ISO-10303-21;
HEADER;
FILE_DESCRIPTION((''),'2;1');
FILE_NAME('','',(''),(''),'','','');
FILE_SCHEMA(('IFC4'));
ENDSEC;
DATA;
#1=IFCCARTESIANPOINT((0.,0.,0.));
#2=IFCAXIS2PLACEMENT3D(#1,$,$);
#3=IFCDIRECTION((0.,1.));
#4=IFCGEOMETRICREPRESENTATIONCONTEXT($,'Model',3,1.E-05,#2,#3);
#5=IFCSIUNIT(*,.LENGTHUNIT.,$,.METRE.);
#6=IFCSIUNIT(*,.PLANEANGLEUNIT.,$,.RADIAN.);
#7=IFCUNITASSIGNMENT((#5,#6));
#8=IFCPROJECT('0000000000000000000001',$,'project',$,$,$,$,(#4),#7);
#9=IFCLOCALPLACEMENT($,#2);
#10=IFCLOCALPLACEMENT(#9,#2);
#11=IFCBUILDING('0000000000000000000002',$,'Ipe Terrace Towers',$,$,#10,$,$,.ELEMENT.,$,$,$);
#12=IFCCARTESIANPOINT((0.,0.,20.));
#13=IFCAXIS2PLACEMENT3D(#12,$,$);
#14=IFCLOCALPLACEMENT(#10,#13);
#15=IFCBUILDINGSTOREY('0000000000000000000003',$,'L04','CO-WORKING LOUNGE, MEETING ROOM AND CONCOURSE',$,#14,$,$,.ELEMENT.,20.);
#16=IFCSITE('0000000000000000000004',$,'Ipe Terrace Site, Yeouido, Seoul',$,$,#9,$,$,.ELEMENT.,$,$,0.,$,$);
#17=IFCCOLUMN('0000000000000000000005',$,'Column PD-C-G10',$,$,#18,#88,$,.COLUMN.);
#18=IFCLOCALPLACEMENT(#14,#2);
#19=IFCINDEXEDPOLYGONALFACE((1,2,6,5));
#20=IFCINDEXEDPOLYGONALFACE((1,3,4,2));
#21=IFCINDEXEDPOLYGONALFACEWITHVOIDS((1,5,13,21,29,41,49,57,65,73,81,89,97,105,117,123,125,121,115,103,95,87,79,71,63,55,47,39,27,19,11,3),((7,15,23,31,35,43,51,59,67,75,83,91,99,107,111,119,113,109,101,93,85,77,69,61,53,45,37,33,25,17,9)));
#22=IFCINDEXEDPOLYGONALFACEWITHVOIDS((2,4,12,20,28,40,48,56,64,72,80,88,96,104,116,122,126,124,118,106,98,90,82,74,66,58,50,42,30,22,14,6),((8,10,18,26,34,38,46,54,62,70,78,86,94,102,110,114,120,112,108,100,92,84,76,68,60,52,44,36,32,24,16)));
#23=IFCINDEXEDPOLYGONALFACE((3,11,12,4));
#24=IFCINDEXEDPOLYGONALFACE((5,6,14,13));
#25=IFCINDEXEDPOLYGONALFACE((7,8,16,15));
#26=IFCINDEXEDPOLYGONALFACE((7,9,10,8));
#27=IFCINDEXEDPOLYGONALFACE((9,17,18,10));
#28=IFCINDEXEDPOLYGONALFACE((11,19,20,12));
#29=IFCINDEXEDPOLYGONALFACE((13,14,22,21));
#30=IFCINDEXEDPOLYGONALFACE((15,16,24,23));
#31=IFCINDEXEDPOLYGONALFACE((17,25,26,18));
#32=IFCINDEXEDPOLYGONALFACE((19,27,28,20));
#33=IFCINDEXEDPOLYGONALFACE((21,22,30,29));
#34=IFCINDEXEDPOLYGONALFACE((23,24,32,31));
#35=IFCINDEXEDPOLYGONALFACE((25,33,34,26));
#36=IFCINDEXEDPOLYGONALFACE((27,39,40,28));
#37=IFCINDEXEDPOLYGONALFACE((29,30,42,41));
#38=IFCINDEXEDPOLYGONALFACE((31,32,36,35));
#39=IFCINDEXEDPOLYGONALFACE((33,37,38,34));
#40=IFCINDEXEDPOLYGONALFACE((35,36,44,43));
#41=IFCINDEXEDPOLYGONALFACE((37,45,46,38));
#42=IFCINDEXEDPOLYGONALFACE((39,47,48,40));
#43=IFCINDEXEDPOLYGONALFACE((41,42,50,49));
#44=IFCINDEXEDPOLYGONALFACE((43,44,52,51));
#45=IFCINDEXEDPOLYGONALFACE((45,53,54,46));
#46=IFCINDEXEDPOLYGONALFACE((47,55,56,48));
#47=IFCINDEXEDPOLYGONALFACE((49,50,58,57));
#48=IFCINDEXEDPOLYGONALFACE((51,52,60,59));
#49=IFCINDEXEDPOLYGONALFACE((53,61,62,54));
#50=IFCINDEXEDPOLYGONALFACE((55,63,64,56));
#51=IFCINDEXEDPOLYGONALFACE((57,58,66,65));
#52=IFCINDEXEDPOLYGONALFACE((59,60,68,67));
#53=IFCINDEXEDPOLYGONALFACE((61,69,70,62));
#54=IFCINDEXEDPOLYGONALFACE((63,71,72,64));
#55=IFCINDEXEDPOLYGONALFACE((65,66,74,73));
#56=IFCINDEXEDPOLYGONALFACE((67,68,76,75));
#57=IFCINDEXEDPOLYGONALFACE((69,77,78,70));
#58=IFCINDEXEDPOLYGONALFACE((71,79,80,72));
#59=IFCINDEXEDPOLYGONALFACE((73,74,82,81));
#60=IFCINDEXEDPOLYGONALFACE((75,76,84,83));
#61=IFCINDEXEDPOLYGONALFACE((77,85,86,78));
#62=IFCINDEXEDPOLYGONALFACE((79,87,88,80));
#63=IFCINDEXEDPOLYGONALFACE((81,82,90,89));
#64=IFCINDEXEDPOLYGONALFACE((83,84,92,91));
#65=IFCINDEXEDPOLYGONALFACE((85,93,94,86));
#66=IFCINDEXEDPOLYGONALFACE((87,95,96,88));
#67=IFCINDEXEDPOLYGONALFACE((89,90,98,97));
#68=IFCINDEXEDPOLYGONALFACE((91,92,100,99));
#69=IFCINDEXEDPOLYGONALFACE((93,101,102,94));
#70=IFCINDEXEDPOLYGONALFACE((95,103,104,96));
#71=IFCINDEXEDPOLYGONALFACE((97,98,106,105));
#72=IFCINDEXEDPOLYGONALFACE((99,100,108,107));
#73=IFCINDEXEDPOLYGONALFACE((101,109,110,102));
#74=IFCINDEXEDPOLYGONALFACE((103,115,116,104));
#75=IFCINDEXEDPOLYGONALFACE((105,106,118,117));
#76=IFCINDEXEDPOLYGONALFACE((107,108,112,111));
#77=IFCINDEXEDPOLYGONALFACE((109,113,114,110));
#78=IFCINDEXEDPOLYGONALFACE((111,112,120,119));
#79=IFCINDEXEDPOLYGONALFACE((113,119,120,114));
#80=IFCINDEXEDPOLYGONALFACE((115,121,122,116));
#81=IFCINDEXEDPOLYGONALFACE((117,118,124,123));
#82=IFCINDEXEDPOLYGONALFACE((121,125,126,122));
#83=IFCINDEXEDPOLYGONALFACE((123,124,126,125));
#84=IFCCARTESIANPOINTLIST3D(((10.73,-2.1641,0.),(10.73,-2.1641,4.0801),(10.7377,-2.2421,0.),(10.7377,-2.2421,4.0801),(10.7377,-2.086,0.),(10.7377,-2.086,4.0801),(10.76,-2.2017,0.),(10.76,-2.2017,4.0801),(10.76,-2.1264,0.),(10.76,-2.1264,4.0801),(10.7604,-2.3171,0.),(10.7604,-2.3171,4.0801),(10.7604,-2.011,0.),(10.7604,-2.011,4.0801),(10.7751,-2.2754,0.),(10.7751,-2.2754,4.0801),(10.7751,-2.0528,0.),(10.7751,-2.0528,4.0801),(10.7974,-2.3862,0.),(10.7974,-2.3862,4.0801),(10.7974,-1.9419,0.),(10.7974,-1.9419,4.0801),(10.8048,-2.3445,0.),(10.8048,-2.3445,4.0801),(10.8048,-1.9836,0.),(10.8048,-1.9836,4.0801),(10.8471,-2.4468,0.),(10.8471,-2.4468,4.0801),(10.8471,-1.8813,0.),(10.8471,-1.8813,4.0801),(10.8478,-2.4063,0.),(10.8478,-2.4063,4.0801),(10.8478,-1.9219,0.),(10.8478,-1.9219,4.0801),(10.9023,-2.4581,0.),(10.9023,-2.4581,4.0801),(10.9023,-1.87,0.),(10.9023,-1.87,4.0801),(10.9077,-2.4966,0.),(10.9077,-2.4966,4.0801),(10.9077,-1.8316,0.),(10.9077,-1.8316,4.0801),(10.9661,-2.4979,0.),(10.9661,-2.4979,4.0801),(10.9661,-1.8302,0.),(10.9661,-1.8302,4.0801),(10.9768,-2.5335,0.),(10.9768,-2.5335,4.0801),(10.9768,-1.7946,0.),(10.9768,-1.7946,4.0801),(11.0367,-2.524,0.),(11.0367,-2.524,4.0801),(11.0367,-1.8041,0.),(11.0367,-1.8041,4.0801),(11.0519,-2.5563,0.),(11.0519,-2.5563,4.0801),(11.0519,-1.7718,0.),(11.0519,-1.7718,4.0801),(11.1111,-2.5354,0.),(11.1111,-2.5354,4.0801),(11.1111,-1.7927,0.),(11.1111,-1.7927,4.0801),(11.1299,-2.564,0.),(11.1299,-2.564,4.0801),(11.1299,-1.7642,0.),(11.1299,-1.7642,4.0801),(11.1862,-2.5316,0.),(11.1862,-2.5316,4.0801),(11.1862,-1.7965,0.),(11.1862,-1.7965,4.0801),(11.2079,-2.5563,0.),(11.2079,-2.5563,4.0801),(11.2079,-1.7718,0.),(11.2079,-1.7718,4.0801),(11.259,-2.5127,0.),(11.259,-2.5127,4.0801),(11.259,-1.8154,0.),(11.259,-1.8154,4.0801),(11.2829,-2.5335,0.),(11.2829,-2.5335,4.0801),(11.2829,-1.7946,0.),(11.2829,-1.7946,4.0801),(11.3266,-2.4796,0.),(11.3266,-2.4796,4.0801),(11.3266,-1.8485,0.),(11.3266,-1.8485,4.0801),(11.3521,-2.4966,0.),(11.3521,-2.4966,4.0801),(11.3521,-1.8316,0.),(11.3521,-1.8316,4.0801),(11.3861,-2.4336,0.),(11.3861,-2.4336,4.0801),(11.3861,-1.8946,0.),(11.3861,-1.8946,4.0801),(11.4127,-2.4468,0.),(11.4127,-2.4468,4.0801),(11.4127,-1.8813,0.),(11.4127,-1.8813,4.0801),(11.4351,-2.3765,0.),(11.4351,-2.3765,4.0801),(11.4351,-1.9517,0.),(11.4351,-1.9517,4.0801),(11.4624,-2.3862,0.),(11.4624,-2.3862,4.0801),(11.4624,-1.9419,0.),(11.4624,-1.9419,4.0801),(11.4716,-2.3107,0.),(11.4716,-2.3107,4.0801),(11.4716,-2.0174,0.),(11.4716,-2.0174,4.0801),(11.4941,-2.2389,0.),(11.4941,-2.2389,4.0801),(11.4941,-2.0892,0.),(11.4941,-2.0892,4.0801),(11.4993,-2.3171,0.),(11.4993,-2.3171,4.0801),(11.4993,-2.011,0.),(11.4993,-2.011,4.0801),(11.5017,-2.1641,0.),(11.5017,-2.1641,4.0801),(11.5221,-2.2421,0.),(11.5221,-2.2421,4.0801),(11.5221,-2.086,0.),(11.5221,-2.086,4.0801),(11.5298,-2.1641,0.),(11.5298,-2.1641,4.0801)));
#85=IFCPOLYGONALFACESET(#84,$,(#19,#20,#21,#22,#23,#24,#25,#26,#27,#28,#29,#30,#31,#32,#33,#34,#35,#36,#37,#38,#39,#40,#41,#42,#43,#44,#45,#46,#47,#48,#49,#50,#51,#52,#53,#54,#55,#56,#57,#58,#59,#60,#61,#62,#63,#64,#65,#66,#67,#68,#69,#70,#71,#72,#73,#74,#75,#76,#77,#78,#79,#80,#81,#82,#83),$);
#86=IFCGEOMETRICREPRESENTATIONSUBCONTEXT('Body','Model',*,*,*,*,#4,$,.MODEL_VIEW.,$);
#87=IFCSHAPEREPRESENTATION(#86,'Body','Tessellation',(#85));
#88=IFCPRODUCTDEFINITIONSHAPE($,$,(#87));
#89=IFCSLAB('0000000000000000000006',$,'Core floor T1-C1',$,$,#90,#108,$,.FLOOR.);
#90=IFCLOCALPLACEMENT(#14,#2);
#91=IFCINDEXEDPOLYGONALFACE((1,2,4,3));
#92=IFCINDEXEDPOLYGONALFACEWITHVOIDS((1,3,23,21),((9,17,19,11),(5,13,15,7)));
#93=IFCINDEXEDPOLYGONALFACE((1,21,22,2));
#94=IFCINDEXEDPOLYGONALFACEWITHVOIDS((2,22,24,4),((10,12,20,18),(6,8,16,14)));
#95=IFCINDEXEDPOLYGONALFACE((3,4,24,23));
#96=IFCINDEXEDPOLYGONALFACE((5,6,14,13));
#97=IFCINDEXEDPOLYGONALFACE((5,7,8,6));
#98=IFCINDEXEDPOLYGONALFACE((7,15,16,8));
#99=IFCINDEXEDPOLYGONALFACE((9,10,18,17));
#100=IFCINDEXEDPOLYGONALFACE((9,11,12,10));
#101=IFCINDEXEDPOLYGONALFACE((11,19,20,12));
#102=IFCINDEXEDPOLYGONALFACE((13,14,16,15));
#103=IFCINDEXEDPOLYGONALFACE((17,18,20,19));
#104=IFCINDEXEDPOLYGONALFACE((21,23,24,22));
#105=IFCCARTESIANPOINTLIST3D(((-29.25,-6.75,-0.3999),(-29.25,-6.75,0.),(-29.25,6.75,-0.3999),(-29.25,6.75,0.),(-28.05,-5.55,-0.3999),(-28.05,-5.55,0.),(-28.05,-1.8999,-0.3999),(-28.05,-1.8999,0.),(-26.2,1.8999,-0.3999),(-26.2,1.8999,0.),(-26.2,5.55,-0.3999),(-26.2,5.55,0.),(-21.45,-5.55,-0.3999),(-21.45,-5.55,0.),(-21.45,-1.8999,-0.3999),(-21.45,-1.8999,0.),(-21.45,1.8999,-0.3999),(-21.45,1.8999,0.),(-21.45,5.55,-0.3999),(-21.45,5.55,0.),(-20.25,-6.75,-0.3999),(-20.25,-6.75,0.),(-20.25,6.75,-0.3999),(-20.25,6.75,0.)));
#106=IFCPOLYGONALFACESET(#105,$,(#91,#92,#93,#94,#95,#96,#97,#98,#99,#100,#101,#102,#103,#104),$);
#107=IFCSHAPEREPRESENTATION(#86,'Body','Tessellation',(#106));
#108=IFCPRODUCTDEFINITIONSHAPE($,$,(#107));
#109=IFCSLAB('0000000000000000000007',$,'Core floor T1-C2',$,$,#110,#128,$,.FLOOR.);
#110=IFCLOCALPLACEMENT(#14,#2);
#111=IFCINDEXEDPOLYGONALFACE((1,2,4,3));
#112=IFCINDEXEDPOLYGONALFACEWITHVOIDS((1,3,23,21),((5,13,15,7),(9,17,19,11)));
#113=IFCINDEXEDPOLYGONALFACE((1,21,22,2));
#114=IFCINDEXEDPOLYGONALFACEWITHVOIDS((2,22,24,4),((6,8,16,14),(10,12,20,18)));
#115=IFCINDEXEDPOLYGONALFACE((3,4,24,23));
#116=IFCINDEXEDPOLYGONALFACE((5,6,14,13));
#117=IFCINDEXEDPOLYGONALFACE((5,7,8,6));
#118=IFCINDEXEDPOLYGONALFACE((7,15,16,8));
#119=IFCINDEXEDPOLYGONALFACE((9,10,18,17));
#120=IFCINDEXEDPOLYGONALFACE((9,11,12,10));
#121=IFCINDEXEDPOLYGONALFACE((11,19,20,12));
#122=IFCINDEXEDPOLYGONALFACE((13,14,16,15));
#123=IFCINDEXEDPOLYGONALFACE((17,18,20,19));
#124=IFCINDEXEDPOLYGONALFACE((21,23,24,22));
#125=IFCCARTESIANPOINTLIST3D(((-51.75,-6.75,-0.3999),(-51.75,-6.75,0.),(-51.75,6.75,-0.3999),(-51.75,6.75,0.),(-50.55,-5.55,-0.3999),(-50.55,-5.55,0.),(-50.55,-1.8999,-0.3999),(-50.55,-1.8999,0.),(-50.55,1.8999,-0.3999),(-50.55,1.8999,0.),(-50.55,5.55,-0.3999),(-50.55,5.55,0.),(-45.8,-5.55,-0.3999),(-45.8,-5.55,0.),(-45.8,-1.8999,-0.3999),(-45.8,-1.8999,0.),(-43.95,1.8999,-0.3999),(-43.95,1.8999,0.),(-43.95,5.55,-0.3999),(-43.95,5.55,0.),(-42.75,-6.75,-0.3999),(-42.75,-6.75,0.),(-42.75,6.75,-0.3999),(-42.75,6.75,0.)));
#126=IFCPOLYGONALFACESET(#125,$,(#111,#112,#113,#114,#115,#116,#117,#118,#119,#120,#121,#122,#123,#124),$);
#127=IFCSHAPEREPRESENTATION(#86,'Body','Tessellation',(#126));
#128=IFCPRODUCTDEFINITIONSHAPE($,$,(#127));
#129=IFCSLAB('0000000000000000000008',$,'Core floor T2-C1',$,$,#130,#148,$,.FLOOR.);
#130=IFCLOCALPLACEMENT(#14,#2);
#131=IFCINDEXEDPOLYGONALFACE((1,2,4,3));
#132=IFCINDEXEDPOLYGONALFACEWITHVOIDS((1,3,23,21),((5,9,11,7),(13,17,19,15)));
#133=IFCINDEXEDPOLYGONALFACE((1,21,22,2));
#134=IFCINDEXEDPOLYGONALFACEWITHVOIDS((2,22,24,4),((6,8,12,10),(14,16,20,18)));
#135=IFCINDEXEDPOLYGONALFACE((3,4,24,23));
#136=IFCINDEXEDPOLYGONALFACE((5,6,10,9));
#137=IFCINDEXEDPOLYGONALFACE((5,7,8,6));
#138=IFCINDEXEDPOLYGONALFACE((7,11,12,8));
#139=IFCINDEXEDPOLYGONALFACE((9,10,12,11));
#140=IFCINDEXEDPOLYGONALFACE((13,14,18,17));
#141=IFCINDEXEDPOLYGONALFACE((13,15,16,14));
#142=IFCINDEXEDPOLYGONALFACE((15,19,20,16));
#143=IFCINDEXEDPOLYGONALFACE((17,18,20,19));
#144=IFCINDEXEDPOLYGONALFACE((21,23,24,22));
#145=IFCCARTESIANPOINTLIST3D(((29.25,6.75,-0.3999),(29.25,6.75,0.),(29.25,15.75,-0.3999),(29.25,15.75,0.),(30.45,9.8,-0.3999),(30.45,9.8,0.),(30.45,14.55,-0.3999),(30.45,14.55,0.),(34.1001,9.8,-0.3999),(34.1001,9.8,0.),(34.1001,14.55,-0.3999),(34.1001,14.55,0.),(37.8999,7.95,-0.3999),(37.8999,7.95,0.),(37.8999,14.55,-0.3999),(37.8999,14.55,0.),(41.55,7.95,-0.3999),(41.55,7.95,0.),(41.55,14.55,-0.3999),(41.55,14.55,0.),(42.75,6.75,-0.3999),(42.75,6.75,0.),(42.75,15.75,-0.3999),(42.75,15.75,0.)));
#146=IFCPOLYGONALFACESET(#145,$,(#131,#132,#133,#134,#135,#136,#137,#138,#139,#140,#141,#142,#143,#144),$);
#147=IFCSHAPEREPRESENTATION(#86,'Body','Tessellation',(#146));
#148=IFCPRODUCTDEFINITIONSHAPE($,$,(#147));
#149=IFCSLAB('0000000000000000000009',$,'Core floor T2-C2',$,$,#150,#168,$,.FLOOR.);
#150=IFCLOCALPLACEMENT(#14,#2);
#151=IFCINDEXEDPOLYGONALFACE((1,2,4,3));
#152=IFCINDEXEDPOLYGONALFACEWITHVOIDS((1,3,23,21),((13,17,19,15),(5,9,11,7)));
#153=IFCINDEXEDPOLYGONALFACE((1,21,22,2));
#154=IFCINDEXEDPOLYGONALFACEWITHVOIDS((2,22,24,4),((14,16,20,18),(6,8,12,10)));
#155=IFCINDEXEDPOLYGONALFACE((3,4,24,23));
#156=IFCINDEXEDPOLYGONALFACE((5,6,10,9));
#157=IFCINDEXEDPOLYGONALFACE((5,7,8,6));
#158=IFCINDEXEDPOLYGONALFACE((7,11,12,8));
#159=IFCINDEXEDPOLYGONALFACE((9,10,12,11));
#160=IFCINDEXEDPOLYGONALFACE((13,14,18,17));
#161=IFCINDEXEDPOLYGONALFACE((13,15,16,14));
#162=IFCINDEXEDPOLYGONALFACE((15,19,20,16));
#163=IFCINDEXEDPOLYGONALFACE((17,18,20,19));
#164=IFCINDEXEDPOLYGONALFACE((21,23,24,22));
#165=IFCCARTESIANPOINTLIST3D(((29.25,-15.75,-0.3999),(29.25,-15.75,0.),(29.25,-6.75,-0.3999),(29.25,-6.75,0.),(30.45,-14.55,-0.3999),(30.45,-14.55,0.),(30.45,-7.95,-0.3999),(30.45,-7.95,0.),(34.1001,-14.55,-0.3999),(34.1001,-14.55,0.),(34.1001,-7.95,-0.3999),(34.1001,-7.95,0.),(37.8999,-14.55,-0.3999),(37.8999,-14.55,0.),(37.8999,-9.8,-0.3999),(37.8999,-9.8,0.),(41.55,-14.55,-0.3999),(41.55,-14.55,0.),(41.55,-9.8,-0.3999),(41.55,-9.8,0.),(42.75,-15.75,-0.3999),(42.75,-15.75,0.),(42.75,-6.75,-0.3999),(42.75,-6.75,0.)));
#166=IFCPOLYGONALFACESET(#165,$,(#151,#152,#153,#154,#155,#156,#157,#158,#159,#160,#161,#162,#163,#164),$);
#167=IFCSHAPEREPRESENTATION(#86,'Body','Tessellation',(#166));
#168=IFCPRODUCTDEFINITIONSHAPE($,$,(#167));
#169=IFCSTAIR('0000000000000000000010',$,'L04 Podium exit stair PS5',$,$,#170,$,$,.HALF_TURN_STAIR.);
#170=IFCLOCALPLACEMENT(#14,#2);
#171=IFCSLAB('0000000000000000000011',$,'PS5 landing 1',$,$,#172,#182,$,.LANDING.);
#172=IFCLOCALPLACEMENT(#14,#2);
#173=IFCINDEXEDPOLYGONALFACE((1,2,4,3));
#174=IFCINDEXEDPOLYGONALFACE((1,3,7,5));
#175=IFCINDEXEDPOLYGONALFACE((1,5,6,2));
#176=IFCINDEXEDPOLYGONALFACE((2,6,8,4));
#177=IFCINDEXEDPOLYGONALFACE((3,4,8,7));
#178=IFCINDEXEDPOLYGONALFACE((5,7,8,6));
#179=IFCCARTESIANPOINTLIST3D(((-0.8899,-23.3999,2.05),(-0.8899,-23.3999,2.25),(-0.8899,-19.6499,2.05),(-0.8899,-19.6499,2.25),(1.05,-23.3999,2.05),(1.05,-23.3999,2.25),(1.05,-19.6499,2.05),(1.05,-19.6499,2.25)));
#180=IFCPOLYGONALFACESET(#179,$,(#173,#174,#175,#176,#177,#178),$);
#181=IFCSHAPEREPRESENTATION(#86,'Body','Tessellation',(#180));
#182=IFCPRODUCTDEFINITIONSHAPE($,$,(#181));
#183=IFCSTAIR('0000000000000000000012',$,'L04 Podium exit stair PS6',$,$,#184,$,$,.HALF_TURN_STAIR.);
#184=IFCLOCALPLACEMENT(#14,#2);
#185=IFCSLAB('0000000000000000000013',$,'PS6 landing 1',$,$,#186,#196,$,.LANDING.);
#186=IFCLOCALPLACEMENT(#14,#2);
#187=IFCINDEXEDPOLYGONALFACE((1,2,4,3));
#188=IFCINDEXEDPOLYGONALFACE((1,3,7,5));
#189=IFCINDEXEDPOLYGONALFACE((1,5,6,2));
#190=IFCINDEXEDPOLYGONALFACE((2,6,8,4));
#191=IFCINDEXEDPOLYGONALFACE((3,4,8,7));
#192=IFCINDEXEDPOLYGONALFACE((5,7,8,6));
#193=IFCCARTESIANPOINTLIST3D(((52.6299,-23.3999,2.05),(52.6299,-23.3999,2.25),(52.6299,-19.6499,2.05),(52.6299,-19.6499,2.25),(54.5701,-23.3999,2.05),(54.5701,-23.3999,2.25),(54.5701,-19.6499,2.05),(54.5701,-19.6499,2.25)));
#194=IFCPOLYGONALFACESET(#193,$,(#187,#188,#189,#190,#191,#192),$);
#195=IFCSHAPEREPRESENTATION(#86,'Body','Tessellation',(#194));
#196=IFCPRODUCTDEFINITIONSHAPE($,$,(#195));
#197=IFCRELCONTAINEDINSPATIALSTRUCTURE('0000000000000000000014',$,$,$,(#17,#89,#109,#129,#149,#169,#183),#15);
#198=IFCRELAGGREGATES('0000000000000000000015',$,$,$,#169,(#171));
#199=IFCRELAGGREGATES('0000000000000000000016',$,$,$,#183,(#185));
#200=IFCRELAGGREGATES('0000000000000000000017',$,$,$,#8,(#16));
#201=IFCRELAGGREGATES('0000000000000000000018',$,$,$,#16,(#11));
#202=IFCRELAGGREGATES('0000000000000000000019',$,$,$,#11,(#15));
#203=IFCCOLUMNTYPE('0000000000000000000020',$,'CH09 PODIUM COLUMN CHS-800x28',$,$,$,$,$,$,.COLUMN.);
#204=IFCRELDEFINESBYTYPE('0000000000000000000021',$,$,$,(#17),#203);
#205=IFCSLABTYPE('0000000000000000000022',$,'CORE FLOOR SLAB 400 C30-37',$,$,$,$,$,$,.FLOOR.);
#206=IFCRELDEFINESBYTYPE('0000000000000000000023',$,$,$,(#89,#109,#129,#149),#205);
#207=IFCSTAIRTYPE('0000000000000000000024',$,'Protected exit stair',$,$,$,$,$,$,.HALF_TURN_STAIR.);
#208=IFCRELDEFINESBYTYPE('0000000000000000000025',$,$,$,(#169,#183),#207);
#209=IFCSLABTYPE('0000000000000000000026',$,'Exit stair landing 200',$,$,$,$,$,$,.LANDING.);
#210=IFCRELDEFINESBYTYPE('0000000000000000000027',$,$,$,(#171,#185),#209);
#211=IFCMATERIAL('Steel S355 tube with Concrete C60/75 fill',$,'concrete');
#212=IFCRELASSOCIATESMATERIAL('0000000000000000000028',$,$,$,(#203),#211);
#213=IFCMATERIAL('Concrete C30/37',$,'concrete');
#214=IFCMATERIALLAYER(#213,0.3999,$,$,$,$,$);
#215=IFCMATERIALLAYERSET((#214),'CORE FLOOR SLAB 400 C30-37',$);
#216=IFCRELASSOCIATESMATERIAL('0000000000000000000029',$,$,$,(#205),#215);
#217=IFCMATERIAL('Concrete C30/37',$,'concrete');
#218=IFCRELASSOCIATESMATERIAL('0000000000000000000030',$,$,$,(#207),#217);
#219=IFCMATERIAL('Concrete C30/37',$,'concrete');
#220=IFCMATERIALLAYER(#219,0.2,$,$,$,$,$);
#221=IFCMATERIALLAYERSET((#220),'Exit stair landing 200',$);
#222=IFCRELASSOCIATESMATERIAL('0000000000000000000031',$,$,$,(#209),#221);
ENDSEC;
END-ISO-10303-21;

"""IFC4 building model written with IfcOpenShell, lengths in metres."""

from ifc_helpers import new_model, si_unit, direction, frame, origin, origin_2d, place, context, subcontext, project, spatial, polyline, hollow_circle, outline, extrude, material, layer, layer_set, material_profile, profile_set, type_object, element, aggregate, save


model = new_model("IFC4")

# Units and contexts
model_context = context("Model", 3, precision=1e-05, world=origin(), true_north=direction((0.0, 1.0)))
body_context = subcontext(model_context, "Body", "Model", "MODEL_VIEW")
ifc_project = project(units=[si_unit("LENGTHUNIT", "METRE"), si_unit("PLANEANGLEUNIT", "RADIAN")], contexts=[model_context])

# Site, building, storey
site_placement = place(None, origin())
site = spatial("IfcSite", under=ifc_project, at=site_placement, Name="Ipe Terrace Site, Yeouido, Seoul", CompositionType="ELEMENT", RefElevation=0.0)
building_placement = place(site_placement, origin())
building = spatial("IfcBuilding", under=site, at=building_placement, Name="Ipe Terrace Towers", CompositionType="ELEMENT")
storey_placement = place(building_placement, frame((0.0, 0.0, 20.0)))
storey = spatial("IfcBuildingStorey", under=building, at=storey_placement, Name="L04", Description="CO-WORKING LOUNGE, MEETING ROOM AND CONCOURSE", CompositionType="ELEMENT", Elevation=20.0)

# Column
ifc_material_1 = material(Name="Steel S355 tube with Concrete C60/75 fill", Category="concrete")
ifc_material_profile = material_profile(ifc_material_1, hollow_circle(Radius=0.3999, WallThickness=0.0281, at=origin_2d()), Name="CHS-800x28")
ifc_profile_set = profile_set([ifc_material_profile], Name="Steel S355 tube with Concrete C60/75 fill")
column_type = type_object("IfcColumnType", Name="CH09 PODIUM COLUMN CHS-800x28", PredefinedType="COLUMN", material=ifc_profile_set)
for number, where, z_axis, x_axis, name in (
    (1, (11.1299, -2.1641, 0.0), (0.0, 0.0, 1.0), (1.0, 0.0, 0.0), "Column PD-C-G10"),
):
    element("IfcColumn", number, at=place(storey_placement, frame(where, z_axis=z_axis, x_axis=x_axis)), inside=storey, type_object=column_type, Name=name, PredefinedType="COLUMN", context=body_context, shape_type="SweptSolid", body=[
        extrude(hollow_circle(Radius=0.3999, WallThickness=0.0281, at=origin_2d()), origin(), (0.0, 0.0, 1.0), 4.0801),
    ])

# Slabs
ifc_material_2 = material(Name="Concrete C30/37", Category="concrete")
ifc_layer_1 = layer(ifc_material_2, 0.3999)
ifc_layer_set_1 = layer_set([ifc_layer_1], Name="CORE FLOOR SLAB 400 C30-37")
slab_type_1 = type_object("IfcSlabType", Name="CORE FLOOR SLAB 400 C30-37", PredefinedType="FLOOR", material=ifc_layer_set_1)
slab_1_placement = place(storey_placement, frame((0.0, 0.0, -0.3999)))
element("IfcSlab", 2, at=slab_1_placement, inside=storey, type_object=slab_type_1, Name="Core floor T1-C1", PredefinedType="FLOOR", context=body_context, shape_type="SweptSolid", body=[
    extrude(outline(polyline([(-29.25, -6.75), (-29.25, 6.75), (-20.25, 6.75), (-20.25, -6.75), (-29.25, -6.75)]), holes=[polyline([(-28.05, -5.55), (-21.45, -5.55), (-21.45, -1.8999), (-28.05, -1.8999), (-28.05, -5.55)]), polyline([(-26.2, 5.55), (-26.2, 1.8999), (-21.45, 1.8999), (-21.45, 5.55), (-26.2, 5.55)])]), origin(), (0.0, 0.0, 1.0), 0.3999),
])
slab_2_placement = place(storey_placement, frame((0.0, 0.0, -0.3999)))
element("IfcSlab", 3, at=slab_2_placement, inside=storey, type_object=slab_type_1, Name="Core floor T1-C2", PredefinedType="FLOOR", context=body_context, shape_type="SweptSolid", body=[
    extrude(outline(polyline([(-51.75, -6.75), (-51.75, 6.75), (-42.75, 6.75), (-42.75, -6.75), (-51.75, -6.75)]), holes=[polyline([(-45.8, -5.55), (-45.8, -1.8999), (-50.55, -1.8999), (-50.55, -5.55), (-45.8, -5.55)]), polyline([(-50.55, 1.8999), (-43.95, 1.8999), (-43.95, 5.55), (-50.55, 5.55), (-50.55, 1.8999)])]), origin(), (0.0, 0.0, 1.0), 0.3999),
])
slab_3_placement = place(storey_placement, frame((0.0, 0.0, -0.3999)))
element("IfcSlab", 4, at=slab_3_placement, inside=storey, type_object=slab_type_1, Name="Core floor T2-C1", PredefinedType="FLOOR", context=body_context, shape_type="SweptSolid", body=[
    extrude(outline(polyline([(29.25, 6.75), (29.25, 15.75), (42.75, 15.75), (42.75, 6.75), (29.25, 6.75)]), holes=[polyline([(41.55, 7.95), (41.55, 14.55), (37.8999, 14.55), (37.8999, 7.95), (41.55, 7.95)]), polyline([(30.45, 9.8), (34.1001, 9.8), (34.1001, 14.55), (30.45, 14.55), (30.45, 9.8)])]), origin(), (0.0, 0.0, 1.0), 0.3999),
])
slab_4_placement = place(storey_placement, frame((0.0, 0.0, -0.3999)))
element("IfcSlab", 5, at=slab_4_placement, inside=storey, type_object=slab_type_1, Name="Core floor T2-C2", PredefinedType="FLOOR", context=body_context, shape_type="SweptSolid", body=[
    extrude(outline(polyline([(29.25, -15.75), (29.25, -6.75), (42.75, -6.75), (42.75, -15.75), (29.25, -15.75)]), holes=[polyline([(34.1001, -14.55), (34.1001, -7.95), (30.45, -7.95), (30.45, -14.55), (34.1001, -14.55)]), polyline([(41.55, -9.8), (37.8999, -9.8), (37.8999, -14.55), (41.55, -14.55), (41.55, -9.8)])]), origin(), (0.0, 0.0, 1.0), 0.3999),
])

# Stairs, slabs
ifc_material_3 = material(Name="Concrete C30/37", Category="concrete")
stair_type = type_object("IfcStairType", Name="Protected exit stair", PredefinedType="HALF_TURN_STAIR", material=ifc_material_3)
stair_1_placement = place(storey_placement, origin())
stair_1 = element("IfcStair", 6, at=stair_1_placement, inside=storey, type_object=stair_type, Name="L04 Podium exit stair PS5", PredefinedType="HALF_TURN_STAIR")
ifc_material_4 = material(Name="Concrete C30/37", Category="concrete")
ifc_layer_2 = layer(ifc_material_4, 0.2)
ifc_layer_set_2 = layer_set([ifc_layer_2], Name="Exit stair landing 200")
slab_type_2 = type_object("IfcSlabType", Name="Exit stair landing 200", PredefinedType="LANDING", material=ifc_layer_set_2)
slab_5_placement = place(storey_placement, frame((0.0, 0.0, 2.05)))
slab_5 = element("IfcSlab", 7, at=slab_5_placement, type_object=slab_type_2, Name="PS5 landing 1", PredefinedType="LANDING", context=body_context, shape_type="SweptSolid", body=[
    extrude(outline(polyline([(-0.8899, -23.3999), (1.05, -23.3999), (1.05, -19.6499), (-0.8899, -19.6499), (-0.8899, -23.3999)])), origin(), (0.0, 0.0, 1.0), 0.2),
])
aggregate(stair_1, [slab_5])
stair_2_placement = place(storey_placement, origin())
stair_2 = element("IfcStair", 8, at=stair_2_placement, inside=storey, type_object=stair_type, Name="L04 Podium exit stair PS6", PredefinedType="HALF_TURN_STAIR")
slab_6_placement = place(storey_placement, frame((0.0, 0.0, 2.05)))
slab_6 = element("IfcSlab", 9, at=slab_6_placement, type_object=slab_type_2, Name="PS6 landing 1", PredefinedType="LANDING", context=body_context, shape_type="SweptSolid", body=[
    extrude(outline(polyline([(52.6299, -23.3999), (54.5701, -23.3999), (54.5701, -19.6499), (52.6299, -19.6499), (52.6299, -23.3999)])), origin(), (0.0, 0.0, 1.0), 0.2),
])
aggregate(stair_2, [slab_6])

save(model, "model.ifc")
